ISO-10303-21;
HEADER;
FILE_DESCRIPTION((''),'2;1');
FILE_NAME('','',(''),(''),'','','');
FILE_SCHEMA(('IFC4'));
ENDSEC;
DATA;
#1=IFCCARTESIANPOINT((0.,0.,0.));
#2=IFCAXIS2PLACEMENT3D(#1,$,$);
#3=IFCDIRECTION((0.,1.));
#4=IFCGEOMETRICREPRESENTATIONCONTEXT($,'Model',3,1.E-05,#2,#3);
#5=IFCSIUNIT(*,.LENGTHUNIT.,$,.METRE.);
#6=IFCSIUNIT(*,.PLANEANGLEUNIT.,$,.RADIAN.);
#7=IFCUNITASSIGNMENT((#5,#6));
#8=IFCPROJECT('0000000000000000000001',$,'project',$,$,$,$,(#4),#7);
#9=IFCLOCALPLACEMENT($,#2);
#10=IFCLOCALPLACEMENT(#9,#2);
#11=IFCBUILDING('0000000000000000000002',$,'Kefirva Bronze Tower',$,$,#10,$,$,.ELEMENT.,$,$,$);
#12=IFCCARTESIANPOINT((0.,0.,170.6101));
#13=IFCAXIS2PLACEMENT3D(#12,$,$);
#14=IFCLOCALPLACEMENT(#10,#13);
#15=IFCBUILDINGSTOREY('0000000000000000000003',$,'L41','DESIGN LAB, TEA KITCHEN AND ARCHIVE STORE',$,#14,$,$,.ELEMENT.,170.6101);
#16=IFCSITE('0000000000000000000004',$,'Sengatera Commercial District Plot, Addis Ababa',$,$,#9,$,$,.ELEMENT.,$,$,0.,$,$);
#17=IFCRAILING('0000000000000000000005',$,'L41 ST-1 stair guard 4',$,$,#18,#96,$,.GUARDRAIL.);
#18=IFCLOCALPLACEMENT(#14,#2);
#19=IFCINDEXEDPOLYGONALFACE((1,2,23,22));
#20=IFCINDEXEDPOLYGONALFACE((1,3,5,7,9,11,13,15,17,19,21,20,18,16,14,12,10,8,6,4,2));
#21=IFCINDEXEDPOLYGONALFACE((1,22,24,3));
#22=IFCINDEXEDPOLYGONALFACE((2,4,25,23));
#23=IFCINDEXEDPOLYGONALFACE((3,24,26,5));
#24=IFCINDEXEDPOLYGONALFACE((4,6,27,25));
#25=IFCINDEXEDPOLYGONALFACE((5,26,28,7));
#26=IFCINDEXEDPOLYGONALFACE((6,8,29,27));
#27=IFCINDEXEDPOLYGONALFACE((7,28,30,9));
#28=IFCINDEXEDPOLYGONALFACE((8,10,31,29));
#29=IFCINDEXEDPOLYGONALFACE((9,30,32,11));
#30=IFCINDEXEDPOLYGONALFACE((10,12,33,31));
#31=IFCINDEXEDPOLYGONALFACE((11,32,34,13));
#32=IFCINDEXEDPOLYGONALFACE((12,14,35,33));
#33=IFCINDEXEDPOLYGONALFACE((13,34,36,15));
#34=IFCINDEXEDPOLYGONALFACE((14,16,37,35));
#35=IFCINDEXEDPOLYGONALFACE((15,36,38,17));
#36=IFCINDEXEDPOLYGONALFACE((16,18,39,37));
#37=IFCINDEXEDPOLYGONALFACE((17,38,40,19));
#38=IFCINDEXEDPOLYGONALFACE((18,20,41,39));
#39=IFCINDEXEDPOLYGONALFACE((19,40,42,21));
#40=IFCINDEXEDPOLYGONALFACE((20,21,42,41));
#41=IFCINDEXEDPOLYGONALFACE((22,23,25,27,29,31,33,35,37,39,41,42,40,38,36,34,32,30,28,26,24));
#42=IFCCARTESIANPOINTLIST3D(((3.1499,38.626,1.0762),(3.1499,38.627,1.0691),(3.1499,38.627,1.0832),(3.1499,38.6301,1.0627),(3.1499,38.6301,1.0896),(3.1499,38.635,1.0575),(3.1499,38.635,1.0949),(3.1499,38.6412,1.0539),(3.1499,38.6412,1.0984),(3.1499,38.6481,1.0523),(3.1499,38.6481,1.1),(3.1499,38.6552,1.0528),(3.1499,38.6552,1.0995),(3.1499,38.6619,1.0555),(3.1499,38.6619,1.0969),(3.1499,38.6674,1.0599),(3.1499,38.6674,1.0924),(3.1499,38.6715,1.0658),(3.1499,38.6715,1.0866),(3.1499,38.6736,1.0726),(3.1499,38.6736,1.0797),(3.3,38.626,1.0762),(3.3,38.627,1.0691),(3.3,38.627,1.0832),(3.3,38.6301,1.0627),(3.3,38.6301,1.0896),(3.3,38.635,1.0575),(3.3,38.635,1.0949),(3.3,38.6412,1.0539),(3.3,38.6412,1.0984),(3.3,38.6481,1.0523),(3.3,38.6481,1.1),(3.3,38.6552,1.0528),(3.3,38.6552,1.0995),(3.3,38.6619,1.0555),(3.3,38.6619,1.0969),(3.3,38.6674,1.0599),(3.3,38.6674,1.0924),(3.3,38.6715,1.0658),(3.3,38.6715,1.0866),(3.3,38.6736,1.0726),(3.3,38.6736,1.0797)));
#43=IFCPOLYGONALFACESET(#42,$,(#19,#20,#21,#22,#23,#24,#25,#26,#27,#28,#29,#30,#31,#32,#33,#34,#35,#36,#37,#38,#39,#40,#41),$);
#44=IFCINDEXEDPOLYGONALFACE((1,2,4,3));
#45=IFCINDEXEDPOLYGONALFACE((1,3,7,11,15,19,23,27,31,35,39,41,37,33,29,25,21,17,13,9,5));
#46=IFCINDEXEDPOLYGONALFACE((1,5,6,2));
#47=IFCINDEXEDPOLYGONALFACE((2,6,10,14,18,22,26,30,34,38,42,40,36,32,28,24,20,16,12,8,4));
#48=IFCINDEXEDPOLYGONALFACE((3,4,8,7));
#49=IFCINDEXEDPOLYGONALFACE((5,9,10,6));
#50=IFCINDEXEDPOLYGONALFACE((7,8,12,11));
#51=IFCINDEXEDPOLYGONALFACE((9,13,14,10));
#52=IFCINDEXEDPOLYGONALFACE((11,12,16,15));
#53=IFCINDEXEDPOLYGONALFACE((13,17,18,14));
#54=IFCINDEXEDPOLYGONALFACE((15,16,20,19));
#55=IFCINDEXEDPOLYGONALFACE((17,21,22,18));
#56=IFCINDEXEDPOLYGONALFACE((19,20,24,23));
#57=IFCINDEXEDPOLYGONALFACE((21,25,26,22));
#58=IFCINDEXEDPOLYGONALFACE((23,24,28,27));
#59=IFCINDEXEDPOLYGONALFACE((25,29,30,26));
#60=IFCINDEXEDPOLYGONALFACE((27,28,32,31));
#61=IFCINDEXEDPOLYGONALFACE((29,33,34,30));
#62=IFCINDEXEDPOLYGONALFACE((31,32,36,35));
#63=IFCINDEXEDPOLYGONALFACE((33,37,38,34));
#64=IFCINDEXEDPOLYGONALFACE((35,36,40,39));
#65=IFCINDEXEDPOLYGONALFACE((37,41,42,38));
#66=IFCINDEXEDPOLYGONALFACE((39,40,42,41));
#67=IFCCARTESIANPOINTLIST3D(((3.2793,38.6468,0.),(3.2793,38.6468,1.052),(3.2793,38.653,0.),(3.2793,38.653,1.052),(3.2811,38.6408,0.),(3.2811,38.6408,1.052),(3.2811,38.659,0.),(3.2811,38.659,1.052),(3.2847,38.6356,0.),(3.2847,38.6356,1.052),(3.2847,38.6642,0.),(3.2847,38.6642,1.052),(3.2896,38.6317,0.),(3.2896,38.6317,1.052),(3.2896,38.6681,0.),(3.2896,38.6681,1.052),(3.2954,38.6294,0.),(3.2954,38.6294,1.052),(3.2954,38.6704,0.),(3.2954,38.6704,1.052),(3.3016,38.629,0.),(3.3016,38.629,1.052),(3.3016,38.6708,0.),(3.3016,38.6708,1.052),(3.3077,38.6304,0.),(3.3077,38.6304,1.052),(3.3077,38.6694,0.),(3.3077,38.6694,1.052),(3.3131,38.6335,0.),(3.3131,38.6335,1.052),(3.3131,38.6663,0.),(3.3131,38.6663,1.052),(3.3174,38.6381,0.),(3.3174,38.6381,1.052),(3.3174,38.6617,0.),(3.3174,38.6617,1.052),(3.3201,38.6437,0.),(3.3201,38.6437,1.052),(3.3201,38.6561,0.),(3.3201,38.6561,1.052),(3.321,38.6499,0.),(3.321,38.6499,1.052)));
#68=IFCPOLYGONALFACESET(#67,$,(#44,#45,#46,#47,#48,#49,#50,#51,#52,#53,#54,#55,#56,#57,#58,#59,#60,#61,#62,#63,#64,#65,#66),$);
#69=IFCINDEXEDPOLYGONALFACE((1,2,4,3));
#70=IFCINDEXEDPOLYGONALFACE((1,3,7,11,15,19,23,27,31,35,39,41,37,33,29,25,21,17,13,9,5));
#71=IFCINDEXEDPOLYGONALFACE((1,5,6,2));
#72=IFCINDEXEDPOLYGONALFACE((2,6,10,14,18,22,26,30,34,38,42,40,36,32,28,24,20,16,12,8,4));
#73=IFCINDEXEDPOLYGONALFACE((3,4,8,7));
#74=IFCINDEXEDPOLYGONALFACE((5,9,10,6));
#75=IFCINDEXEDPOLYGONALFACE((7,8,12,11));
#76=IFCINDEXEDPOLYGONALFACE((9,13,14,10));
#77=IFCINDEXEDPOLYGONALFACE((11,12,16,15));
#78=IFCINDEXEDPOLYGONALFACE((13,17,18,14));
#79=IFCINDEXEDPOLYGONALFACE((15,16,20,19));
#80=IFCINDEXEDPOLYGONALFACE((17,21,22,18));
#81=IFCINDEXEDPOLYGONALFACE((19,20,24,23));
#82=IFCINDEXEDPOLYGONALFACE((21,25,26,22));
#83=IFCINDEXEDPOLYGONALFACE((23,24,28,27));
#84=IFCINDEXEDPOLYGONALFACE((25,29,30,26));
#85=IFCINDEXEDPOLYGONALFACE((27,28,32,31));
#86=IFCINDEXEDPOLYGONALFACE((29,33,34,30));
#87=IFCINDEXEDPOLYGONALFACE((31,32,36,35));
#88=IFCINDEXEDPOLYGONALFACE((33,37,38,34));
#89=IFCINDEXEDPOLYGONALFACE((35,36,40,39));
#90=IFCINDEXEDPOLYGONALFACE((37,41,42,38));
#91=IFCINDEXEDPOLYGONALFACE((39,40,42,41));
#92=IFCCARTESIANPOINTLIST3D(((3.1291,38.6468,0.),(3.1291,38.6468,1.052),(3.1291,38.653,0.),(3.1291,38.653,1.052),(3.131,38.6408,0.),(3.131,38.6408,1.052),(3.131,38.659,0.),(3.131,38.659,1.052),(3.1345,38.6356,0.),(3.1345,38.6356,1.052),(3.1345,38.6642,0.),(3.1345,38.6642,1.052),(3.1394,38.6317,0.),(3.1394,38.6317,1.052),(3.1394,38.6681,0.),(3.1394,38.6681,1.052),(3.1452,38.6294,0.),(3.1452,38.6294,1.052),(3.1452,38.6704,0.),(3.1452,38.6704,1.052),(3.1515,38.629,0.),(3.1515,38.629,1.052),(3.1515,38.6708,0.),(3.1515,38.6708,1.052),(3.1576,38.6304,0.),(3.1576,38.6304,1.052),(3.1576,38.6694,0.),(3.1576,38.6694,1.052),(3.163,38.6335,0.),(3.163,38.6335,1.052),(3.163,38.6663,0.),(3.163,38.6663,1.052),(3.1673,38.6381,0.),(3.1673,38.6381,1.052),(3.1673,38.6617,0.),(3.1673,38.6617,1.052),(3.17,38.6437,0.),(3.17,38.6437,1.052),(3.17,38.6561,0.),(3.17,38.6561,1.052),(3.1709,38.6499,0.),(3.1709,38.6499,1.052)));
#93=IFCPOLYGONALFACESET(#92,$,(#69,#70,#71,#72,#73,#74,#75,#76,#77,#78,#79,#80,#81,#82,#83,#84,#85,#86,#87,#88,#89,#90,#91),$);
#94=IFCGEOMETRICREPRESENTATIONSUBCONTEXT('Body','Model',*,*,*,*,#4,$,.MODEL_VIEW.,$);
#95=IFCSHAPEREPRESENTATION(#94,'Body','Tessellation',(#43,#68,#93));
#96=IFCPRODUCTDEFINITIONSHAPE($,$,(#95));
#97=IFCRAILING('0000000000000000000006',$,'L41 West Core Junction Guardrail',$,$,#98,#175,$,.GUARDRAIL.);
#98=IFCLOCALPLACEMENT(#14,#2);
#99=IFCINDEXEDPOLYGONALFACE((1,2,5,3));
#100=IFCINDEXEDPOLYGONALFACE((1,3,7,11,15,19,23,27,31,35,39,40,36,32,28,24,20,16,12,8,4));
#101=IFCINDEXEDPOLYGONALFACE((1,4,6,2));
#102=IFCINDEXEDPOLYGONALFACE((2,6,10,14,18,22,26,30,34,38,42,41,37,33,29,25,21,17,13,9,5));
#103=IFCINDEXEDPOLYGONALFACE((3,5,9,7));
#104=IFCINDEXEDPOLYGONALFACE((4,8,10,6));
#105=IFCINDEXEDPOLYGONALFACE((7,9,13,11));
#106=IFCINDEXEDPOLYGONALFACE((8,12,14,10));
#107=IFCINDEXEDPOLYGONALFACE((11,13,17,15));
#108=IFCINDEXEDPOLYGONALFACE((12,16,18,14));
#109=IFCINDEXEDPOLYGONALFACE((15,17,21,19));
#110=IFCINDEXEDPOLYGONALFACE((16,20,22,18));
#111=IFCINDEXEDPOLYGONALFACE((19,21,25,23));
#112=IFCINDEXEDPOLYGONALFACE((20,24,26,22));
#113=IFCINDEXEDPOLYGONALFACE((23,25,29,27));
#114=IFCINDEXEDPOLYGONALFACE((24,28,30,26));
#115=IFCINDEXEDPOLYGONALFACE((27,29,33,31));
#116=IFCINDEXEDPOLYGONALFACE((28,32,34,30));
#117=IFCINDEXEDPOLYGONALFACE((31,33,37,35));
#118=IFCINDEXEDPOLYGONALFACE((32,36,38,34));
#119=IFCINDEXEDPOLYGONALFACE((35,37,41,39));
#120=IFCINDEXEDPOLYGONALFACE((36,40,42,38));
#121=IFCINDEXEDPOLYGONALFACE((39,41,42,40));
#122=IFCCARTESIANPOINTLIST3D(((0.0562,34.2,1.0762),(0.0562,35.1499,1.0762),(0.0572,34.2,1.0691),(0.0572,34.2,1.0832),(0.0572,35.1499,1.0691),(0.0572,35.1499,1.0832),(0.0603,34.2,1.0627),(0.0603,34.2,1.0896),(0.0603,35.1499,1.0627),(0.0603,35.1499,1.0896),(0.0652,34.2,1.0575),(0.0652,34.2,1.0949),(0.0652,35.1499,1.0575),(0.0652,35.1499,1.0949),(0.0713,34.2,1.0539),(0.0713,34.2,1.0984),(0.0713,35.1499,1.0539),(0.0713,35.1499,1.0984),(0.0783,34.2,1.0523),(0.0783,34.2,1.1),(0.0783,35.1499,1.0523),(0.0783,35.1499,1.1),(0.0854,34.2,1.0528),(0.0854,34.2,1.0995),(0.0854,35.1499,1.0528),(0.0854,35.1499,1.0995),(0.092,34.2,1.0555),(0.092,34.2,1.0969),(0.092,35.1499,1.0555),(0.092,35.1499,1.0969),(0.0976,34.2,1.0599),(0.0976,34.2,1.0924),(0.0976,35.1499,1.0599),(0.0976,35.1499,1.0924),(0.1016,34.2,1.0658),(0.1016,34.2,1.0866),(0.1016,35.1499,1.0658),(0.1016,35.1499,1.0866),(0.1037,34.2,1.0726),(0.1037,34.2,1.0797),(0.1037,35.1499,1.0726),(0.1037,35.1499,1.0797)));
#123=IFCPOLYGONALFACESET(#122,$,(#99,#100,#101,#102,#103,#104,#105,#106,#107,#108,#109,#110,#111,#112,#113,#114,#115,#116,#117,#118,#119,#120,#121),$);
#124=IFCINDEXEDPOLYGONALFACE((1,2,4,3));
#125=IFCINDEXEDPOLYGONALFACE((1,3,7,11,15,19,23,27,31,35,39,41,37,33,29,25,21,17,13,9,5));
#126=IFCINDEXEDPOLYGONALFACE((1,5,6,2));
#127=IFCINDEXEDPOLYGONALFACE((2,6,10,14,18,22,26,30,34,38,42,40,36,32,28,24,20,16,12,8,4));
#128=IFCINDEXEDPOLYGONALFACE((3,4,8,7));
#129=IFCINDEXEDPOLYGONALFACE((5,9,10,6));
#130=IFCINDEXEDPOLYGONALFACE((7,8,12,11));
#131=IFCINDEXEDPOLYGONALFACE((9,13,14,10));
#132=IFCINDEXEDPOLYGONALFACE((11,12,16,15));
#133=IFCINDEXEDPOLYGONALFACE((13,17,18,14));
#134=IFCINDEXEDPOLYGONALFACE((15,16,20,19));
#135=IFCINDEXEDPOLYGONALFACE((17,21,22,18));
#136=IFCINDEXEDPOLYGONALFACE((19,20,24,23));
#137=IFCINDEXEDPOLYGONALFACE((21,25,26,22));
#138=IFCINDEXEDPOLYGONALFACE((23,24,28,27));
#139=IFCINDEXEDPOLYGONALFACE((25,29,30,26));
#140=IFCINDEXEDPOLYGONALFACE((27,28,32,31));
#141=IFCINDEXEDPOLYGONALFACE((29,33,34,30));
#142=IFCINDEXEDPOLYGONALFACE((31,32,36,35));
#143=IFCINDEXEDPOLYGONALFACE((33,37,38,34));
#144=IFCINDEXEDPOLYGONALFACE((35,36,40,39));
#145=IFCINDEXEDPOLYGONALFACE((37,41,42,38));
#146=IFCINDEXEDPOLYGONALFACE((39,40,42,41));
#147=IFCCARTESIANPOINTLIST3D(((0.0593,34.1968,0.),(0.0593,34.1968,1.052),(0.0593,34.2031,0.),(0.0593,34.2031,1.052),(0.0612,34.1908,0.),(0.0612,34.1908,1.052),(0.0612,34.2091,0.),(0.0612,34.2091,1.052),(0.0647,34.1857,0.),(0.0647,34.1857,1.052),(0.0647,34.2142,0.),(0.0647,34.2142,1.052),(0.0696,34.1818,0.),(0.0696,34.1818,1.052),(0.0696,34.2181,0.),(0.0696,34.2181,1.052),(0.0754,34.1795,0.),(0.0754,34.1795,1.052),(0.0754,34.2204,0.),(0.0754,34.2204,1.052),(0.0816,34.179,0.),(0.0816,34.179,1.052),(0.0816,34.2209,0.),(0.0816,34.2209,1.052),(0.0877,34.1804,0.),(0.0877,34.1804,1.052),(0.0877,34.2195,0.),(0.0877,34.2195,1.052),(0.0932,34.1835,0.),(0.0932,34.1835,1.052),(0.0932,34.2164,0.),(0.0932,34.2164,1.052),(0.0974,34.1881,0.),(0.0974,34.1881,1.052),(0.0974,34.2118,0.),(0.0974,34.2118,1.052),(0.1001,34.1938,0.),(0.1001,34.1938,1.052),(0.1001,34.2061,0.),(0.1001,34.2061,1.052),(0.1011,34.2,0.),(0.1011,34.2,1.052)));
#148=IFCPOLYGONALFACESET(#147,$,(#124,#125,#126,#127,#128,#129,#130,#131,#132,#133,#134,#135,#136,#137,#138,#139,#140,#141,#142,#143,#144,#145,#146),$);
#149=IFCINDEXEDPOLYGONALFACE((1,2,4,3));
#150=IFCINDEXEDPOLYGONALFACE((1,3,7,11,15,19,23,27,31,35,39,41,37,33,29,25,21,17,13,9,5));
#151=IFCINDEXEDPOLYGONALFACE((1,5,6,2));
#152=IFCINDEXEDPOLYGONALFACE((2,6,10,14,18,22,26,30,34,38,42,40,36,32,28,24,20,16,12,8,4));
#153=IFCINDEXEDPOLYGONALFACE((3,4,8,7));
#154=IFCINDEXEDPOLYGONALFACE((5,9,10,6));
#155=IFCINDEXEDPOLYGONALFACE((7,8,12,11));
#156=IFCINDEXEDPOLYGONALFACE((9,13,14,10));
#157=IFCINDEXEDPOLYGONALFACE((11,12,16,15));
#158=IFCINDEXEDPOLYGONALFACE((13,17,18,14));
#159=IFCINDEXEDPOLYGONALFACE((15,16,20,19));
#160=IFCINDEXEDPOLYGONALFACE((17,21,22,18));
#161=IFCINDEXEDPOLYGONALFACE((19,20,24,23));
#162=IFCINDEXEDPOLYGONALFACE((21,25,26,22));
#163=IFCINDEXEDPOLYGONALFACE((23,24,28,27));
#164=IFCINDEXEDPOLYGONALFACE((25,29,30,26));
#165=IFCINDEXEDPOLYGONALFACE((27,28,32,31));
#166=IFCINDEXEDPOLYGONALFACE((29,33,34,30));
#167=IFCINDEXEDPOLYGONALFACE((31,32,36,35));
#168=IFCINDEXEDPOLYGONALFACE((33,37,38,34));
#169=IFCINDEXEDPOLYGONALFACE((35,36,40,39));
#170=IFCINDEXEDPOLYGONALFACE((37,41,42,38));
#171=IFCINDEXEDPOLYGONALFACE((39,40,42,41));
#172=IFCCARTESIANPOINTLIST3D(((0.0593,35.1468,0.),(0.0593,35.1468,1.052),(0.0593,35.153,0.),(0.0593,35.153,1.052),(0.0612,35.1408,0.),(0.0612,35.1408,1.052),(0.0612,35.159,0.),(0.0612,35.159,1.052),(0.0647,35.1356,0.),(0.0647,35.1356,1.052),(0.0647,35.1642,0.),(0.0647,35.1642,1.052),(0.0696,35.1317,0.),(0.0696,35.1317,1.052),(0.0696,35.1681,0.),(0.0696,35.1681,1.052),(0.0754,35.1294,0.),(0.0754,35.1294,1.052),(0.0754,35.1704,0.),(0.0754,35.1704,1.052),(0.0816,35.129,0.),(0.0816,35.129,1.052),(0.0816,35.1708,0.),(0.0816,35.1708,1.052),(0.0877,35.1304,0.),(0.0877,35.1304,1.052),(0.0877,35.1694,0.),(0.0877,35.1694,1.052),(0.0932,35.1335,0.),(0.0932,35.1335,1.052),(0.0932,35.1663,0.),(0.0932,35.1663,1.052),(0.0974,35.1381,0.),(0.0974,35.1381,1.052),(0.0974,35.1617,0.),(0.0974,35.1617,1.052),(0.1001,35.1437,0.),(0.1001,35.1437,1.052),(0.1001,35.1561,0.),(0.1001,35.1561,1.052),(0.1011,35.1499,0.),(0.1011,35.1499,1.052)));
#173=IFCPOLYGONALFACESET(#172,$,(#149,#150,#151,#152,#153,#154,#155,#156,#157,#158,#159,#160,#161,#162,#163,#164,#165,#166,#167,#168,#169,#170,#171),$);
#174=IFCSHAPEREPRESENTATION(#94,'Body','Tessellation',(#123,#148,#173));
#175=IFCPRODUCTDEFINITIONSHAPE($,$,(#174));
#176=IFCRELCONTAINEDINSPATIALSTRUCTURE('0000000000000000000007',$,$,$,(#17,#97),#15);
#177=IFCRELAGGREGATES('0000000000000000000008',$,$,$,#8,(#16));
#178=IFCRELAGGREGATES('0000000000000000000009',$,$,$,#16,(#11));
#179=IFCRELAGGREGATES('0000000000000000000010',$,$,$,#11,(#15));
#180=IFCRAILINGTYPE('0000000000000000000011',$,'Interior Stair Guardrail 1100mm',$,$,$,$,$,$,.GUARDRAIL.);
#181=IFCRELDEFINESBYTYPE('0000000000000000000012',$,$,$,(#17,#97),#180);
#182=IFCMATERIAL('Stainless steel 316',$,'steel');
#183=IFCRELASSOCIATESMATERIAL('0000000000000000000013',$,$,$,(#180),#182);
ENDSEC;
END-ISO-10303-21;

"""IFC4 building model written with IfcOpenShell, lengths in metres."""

from ifc_helpers import new_model, si_unit, direction, frame, origin, origin_2d, place, context, subcontext, project, spatial, circle, extrude, material, type_object, element, save


model = new_model("IFC4")

# Units and contexts
model_context = context("Model", 3, precision=1e-05, world=origin(), true_north=direction((0.0, 1.0)))
body_context = subcontext(model_context, "Body", "Model", "MODEL_VIEW")
ifc_project = project(units=[si_unit("LENGTHUNIT", "METRE"), si_unit("PLANEANGLEUNIT", "RADIAN")], contexts=[model_context])

# Site, building, storey
site_placement = place(None, origin())
site = spatial("IfcSite", under=ifc_project, at=site_placement, Name="Sengatera Commercial District Plot, Addis Ababa", CompositionType="ELEMENT", RefElevation=0.0)
building_placement = place(site_placement, origin())
building = spatial("IfcBuilding", under=site, at=building_placement, Name="Kefirva Bronze Tower", CompositionType="ELEMENT")
storey_placement = place(building_placement, frame((0.0, 0.0, 170.6101)))
storey = spatial("IfcBuildingStorey", under=building, at=storey_placement, Name="L41", Description="DESIGN LAB, TEA KITCHEN AND ARCHIVE STORE", CompositionType="ELEMENT", Elevation=170.6101)

# Railings
ifc_material_1 = material(Name="Stainless steel 316", Category="steel")
railing_type_1 = type_object("IfcRailingType", Name="Interior Stair Guardrail 1100mm", PredefinedType="GUARDRAIL", material=ifc_material_1)
railing_1_placement = place(storey_placement, frame((3.3, 38.6499, 0.0)))
element("IfcRailing", 1, at=railing_1_placement, inside=storey, type_object=railing_type_1, Name="L41 ST-1 stair guard 4", PredefinedType="GUARDRAIL", context=body_context, shape_type="SweptSolid", body=[
    extrude(circle(Radius=0.0239, at=origin_2d()), frame((0.0, 0.0, 1.0762), z_axis=(-1.0, 0.0, 0.0), x_axis=(0.0, -1.0, 0.0)), (0.0, 0.0, 1.0), 0.1501),
    extrude(circle(Radius=0.021, at=origin_2d()), origin(), (0.0, 0.0, 1.0), 1.052),
    extrude(circle(Radius=0.021, at=origin_2d()), frame((-0.1501, 0.0, 0.0)), (0.0, 0.0, 1.0), 1.052),
])
railing_2_placement = place(storey_placement, frame((0.0801, 34.2, 0.0)))
element("IfcRailing", 2, at=railing_2_placement, inside=storey, type_object=railing_type_1, Name="L41 West Core Junction Guardrail", PredefinedType="GUARDRAIL", context=body_context, shape_type="SweptSolid", body=[
    extrude(circle(Radius=0.0239, at=origin_2d()), frame((0.0, 0.0, 1.0762), z_axis=(0.0, 1.0, 0.0), x_axis=(-1.0, 0.0, 0.0)), (0.0, 0.0, 1.0), 0.95),
    extrude(circle(Radius=0.021, at=origin_2d()), origin(), (0.0, 0.0, 1.0), 1.052),
    extrude(circle(Radius=0.021, at=origin_2d()), frame((0.0, 0.95, 0.0)), (0.0, 0.0, 1.0), 1.052),
])

save(model, "model.ifc")
